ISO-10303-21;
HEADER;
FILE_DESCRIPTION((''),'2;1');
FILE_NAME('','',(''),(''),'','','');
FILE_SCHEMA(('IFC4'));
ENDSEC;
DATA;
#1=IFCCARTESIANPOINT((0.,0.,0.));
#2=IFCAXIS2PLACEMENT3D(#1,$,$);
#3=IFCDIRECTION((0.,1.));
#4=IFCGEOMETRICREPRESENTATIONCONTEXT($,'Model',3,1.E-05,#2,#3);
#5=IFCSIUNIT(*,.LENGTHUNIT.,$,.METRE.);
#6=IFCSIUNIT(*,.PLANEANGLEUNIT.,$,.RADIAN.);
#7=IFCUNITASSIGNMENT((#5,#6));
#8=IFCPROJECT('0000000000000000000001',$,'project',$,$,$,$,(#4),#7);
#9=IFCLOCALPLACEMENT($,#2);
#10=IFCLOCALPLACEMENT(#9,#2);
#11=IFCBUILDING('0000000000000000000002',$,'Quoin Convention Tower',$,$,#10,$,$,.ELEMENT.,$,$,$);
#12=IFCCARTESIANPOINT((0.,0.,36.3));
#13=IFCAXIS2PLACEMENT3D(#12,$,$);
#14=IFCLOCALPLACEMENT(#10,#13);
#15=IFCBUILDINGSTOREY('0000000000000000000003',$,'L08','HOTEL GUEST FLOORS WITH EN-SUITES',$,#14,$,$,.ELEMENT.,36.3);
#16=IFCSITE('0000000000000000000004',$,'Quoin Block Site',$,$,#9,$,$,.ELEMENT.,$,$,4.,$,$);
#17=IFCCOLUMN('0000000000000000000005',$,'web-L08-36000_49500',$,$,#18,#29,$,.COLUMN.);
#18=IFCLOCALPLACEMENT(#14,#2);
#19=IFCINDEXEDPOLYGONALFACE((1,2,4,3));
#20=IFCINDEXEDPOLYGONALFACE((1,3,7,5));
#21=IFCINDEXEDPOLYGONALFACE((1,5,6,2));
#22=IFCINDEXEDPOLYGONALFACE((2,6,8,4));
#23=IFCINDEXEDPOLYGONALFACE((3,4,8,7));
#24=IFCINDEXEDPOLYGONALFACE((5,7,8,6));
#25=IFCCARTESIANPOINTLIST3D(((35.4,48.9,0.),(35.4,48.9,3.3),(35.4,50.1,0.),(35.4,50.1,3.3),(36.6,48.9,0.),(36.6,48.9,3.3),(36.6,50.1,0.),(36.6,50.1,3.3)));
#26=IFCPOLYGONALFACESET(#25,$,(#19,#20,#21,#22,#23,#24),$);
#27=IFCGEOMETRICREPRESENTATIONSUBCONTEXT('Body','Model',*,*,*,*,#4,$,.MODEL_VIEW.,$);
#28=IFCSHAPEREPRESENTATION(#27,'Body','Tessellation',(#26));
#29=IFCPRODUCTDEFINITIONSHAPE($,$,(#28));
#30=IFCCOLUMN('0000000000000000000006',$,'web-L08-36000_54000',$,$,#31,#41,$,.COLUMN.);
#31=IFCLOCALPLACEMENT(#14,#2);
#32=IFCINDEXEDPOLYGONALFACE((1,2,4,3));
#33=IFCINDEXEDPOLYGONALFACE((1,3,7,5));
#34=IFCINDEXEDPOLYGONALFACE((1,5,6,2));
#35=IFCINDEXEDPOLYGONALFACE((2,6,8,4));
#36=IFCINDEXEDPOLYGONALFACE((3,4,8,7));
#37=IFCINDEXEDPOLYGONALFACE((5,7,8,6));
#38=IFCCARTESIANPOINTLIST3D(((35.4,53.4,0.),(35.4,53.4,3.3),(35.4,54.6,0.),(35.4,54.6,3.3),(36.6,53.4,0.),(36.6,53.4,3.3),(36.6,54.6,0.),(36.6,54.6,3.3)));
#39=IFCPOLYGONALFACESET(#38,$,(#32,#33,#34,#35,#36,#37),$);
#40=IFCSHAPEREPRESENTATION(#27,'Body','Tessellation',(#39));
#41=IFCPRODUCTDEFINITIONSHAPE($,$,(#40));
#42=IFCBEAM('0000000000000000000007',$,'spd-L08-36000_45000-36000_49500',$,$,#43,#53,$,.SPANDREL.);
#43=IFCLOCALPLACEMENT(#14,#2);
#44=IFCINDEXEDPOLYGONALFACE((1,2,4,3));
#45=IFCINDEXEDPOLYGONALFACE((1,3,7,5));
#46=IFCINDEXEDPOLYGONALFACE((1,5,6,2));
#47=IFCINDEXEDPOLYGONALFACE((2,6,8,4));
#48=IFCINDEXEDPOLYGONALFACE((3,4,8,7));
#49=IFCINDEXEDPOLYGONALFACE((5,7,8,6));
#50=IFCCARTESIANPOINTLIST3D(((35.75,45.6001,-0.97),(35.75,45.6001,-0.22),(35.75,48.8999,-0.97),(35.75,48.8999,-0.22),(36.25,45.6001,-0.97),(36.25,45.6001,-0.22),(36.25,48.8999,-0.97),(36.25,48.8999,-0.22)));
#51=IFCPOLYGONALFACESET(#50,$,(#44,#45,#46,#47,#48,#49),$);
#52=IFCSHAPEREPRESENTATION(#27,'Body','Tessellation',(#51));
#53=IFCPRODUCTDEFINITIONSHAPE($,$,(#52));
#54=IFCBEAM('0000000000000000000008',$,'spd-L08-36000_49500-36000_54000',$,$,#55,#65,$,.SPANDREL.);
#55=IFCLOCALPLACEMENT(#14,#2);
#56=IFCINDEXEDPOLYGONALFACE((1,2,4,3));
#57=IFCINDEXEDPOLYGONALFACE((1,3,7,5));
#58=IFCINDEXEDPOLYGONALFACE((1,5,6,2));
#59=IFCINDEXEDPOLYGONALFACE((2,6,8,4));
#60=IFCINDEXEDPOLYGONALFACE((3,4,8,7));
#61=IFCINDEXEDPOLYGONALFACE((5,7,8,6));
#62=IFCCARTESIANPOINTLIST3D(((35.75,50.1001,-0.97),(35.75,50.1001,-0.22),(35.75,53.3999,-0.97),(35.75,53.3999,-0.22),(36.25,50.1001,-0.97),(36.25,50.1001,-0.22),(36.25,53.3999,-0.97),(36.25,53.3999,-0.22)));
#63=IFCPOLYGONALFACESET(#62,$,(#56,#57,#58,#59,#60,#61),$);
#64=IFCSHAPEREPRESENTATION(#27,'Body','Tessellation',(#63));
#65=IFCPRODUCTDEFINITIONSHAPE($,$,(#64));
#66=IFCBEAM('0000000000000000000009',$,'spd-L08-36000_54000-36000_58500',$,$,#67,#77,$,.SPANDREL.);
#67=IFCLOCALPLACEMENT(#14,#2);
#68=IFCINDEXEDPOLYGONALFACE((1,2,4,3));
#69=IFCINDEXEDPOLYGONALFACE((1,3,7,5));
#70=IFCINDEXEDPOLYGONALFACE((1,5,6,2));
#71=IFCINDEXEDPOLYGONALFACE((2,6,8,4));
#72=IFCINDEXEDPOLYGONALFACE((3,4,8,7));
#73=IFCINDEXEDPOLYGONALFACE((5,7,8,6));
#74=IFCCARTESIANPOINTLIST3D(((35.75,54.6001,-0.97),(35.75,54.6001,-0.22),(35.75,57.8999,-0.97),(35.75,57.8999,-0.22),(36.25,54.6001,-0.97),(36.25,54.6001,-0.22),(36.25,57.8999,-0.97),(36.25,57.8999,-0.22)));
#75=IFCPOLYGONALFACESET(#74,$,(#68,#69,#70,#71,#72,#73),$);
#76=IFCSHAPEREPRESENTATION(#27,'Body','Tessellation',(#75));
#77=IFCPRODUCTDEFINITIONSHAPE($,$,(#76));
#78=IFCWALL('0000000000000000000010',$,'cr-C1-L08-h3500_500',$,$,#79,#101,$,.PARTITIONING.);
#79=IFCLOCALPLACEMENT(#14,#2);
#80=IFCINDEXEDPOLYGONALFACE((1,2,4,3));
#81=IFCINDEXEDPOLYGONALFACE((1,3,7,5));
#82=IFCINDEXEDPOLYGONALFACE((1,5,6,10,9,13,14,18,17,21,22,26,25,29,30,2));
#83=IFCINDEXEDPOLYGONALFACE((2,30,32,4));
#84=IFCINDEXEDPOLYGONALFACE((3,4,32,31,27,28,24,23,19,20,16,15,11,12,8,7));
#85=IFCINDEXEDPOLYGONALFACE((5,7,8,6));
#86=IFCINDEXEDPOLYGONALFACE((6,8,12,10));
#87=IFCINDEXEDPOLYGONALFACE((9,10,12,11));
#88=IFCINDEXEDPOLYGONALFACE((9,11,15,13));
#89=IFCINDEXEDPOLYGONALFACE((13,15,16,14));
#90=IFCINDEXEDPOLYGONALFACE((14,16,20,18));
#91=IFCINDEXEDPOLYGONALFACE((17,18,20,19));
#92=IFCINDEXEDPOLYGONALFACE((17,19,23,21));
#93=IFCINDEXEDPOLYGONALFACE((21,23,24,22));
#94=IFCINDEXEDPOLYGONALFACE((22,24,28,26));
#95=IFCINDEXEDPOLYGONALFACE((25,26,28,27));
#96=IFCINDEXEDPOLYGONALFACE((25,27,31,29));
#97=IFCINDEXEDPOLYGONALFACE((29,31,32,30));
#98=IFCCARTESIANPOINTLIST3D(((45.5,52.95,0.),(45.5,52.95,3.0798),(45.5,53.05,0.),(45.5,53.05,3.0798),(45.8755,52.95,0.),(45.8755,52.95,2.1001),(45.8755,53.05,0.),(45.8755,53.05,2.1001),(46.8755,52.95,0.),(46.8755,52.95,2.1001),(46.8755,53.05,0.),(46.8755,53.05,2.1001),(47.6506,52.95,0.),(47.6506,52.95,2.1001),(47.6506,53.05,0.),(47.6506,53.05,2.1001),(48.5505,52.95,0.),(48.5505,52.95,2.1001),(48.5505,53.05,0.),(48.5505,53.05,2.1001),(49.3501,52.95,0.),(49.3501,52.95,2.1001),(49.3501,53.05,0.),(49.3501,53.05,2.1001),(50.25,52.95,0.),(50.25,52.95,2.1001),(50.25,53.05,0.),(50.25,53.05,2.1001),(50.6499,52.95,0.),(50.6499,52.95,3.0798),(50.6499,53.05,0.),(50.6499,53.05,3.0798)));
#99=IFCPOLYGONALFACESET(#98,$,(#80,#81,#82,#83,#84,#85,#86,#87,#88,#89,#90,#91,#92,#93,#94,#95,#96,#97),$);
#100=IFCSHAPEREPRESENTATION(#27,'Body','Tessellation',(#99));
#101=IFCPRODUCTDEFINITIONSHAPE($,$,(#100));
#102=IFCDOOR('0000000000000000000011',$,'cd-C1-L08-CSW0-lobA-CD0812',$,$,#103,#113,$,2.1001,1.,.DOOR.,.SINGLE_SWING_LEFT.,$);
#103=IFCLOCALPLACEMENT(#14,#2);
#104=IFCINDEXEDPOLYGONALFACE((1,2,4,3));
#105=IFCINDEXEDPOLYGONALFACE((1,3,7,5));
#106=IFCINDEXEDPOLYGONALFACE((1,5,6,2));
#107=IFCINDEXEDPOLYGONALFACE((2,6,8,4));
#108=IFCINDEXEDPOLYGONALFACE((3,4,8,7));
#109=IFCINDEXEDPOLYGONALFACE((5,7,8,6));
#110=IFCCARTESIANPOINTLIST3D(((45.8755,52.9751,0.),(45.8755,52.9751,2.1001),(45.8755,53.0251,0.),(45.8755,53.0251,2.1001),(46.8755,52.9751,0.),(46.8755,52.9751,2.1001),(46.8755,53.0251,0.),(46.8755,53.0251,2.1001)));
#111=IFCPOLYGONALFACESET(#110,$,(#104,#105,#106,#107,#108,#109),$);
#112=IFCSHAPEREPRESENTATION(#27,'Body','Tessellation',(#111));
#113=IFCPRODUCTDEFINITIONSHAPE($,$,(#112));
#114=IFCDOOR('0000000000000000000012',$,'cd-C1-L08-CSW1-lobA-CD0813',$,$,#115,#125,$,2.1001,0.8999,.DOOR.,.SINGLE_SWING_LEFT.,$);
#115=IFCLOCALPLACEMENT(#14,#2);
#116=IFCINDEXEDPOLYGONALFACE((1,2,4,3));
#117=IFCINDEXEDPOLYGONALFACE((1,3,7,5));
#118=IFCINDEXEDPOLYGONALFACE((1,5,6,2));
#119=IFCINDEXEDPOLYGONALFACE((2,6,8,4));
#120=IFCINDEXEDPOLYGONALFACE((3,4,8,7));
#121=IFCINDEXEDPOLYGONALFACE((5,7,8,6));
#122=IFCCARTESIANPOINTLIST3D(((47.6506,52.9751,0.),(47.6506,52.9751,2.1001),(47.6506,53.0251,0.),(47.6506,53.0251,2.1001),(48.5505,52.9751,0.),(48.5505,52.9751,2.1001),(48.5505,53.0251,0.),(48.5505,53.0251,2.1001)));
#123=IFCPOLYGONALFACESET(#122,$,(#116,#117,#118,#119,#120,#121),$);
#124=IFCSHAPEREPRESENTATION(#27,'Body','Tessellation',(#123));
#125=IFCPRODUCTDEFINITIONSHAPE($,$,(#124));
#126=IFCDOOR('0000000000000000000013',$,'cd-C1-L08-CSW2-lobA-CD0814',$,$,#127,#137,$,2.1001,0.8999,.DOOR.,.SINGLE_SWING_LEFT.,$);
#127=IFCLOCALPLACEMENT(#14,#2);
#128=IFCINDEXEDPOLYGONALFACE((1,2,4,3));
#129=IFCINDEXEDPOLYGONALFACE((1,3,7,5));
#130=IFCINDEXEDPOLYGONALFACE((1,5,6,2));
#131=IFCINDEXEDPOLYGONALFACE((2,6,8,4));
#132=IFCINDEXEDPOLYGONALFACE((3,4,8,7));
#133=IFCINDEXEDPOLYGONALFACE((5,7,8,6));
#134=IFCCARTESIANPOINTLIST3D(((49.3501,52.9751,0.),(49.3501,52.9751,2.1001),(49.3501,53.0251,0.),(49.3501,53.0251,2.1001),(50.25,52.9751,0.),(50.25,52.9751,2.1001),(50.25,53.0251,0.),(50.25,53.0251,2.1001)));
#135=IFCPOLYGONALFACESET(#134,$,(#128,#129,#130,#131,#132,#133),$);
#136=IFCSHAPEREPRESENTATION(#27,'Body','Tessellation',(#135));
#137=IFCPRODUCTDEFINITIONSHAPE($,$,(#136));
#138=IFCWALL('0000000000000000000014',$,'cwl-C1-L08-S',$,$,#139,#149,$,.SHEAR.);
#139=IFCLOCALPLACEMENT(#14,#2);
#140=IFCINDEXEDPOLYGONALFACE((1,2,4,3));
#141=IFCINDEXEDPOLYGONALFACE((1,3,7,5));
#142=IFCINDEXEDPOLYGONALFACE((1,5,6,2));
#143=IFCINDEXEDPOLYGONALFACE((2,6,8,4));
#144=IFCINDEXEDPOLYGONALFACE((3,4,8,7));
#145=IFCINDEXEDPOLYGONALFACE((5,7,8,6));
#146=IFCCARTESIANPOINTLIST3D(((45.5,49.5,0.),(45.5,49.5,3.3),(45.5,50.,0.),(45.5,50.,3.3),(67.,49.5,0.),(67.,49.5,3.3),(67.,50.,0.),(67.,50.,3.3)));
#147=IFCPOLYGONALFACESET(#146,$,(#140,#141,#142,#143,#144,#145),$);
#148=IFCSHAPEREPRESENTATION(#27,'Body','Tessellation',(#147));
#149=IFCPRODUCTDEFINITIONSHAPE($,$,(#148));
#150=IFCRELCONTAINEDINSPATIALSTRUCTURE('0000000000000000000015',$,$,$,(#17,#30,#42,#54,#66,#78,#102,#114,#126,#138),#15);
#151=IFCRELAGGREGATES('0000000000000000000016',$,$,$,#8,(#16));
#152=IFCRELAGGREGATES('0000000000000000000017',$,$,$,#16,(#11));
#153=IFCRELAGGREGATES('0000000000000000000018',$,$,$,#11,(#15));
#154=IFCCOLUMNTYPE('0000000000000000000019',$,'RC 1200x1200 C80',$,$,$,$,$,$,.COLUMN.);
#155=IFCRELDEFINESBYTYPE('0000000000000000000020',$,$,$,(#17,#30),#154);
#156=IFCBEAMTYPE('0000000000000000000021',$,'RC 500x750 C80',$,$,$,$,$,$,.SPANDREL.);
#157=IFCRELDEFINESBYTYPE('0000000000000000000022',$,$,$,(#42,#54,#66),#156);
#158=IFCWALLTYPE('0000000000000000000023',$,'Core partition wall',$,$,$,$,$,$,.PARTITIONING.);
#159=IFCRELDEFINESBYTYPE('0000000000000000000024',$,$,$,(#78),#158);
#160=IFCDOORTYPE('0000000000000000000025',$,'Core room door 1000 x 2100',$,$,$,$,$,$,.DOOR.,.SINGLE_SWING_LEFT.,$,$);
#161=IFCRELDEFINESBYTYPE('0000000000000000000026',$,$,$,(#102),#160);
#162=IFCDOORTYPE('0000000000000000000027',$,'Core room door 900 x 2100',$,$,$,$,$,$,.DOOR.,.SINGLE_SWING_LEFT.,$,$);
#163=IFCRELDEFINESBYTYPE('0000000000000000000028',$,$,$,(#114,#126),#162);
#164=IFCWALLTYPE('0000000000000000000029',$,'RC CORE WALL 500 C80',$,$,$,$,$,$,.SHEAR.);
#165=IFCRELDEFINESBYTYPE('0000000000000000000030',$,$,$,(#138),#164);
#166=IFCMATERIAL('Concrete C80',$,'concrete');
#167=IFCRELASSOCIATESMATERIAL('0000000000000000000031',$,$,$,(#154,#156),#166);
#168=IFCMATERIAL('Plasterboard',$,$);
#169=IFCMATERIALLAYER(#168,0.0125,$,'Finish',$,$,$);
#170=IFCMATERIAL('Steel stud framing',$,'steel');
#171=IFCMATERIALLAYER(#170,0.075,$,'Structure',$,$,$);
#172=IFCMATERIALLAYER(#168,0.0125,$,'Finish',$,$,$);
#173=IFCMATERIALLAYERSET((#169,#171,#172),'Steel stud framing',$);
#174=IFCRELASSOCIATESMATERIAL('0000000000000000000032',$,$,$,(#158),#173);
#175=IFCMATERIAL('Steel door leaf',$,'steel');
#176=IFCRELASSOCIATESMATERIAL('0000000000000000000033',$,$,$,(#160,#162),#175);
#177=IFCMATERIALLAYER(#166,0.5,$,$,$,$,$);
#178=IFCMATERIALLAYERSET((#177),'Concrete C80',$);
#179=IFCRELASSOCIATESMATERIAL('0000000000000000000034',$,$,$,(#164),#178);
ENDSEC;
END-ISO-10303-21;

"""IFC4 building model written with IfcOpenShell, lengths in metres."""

from ifc_helpers import new_model, si_unit, direction, frame, frame_2d, origin, origin_2d, place, context, subcontext, project, spatial, rectangle, extrude, material, layer, layer_set, material_profile, profile_set, type_object, element, fill, save


model = new_model("IFC4")

# Units and contexts
model_context = context("Model", 3, precision=1e-05, world=origin(), true_north=direction((0.0, 1.0)))
body_context = subcontext(model_context, "Body", "Model", "MODEL_VIEW")
ifc_project = project(units=[si_unit("LENGTHUNIT", "METRE"), si_unit("PLANEANGLEUNIT", "RADIAN")], contexts=[model_context])

# Site, building, storey
site_placement = place(None, origin())
site = spatial("IfcSite", under=ifc_project, at=site_placement, Name="Quoin Block Site", CompositionType="ELEMENT", RefElevation=4.0)
building_placement = place(site_placement, origin())
building = spatial("IfcBuilding", under=site, at=building_placement, Name="Quoin Convention Tower", CompositionType="ELEMENT")
storey_placement = place(building_placement, frame((0.0, 0.0, 36.3)))
storey = spatial("IfcBuildingStorey", under=building, at=storey_placement, Name="L08", Description="HOTEL GUEST FLOORS WITH EN-SUITES", CompositionType="ELEMENT", Elevation=36.3)

# Columns
ifc_material_1 = material(Name="Concrete C80", Category="concrete")
ifc_material_profile_1 = material_profile(ifc_material_1, rectangle(XDim=1.2, YDim=1.2, at=origin_2d()), Name="RC 1200x1200")
ifc_profile_set_1 = profile_set([ifc_material_profile_1], Name="Concrete C80")
column_type = type_object("IfcColumnType", Name="RC 1200x1200 C80", PredefinedType="COLUMN", material=ifc_profile_set_1)
for number, where, z_axis, x_axis, name in (
    (1, (36.0, 49.5, 0.0), (0.0, 0.0, 1.0), (1.0, 0.0, 0.0), "web-L08-36000_49500"),
    (2, (36.0, 54.0, 0.0), (0.0, 0.0, 1.0), (1.0, 0.0, 0.0), "web-L08-36000_54000"),
):
    element("IfcColumn", number, at=place(storey_placement, frame(where, z_axis=z_axis, x_axis=x_axis)), inside=storey, type_object=column_type, Name=name, PredefinedType="COLUMN", context=body_context, shape_type="SweptSolid", body=[
        extrude(rectangle(XDim=1.2, YDim=1.2, at=origin_2d()), origin(), (0.0, 0.0, 1.0), 3.3),
    ])

# Beams
ifc_material_profile_2 = material_profile(ifc_material_1, rectangle(XDim=0.5, YDim=0.75, at=origin_2d()), Name="RC 500x750")
ifc_profile_set_2 = profile_set([ifc_material_profile_2], Name="Concrete C80")
beam_type = type_object("IfcBeamType", Name="RC 500x750 C80", PredefinedType="SPANDREL", material=ifc_profile_set_2)
for number, where, z_axis, x_axis, name in (
    (3, (36.0, 45.6001, -0.595), (0.0, 1.0, 0.0), (-1.0, 0.0, 0.0), "spd-L08-36000_45000-36000_49500"),
    (4, (36.0, 50.1001, -0.595), (0.0, 1.0, 0.0), (-1.0, 0.0, 0.0), "spd-L08-36000_49500-36000_54000"),
    (5, (36.0, 54.6001, -0.595), (0.0, 1.0, 0.0), (-1.0, 0.0, 0.0), "spd-L08-36000_54000-36000_58500"),
):
    element("IfcBeam", number, at=place(storey_placement, frame(where, z_axis=z_axis, x_axis=x_axis)), inside=storey, type_object=beam_type, Name=name, PredefinedType="SPANDREL", context=body_context, shape_type="SweptSolid", body=[
        extrude(rectangle(XDim=0.5, YDim=0.75, at=origin_2d()), origin(), (0.0, 0.0, 1.0), 3.2998),
    ])

# Wall, openings, doors
ifc_material_2 = material(Name="Plasterboard")
ifc_layer_1 = layer(ifc_material_2, 0.0125, Name="Finish")
ifc_material_3 = material(Name="Steel stud framing", Category="steel")
ifc_layer_2 = layer(ifc_material_3, 0.075, Name="Structure")
ifc_layer_3 = layer(ifc_material_2, 0.0125, Name="Finish")
ifc_layer_set_1 = layer_set([ifc_layer_1, ifc_layer_2, ifc_layer_3], Name="Steel stud framing")
wall_type_1 = type_object("IfcWallType", Name="Core partition wall", PredefinedType="PARTITIONING", material=ifc_layer_set_1)
wall_1_placement = place(storey_placement, frame((45.5, 53.0, 0.0), z_axis=(0.0, 0.0, 1.0), x_axis=(1.0, 0.0, 0.0)))
wall_1 = element("IfcWall", 6, at=wall_1_placement, inside=storey, type_object=wall_type_1, Name="cr-C1-L08-h3500_500", PredefinedType="PARTITIONING", context=body_context, shape_type="SweptSolid", body=[
    extrude(rectangle(XDim=5.1499, YDim=0.1001, at=frame_2d((2.575, 0.0))), origin(), (0.0, 0.0, 1.0), 3.0798),
])
opening_1_placement = place(wall_1_placement, frame((0.3755, 0.0, 0.0)))
opening_1 = element("IfcOpeningElement", 7, at=opening_1_placement, cuts=wall_1, PredefinedType="OPENING", context=body_context, shape_type="SweptSolid", body=[
    extrude(rectangle(XDim=1.0, YDim=2.1001, at=frame_2d((0.5, 1.05))), frame((0.0, 0.0601, 0.0), z_axis=(0.0, -1.0, 0.0), x_axis=(1.0, 0.0, 0.0)), (0.0, 0.0, 1.0), 0.1201),
])
opening_2_placement = place(wall_1_placement, frame((2.1506, 0.0, 0.0)))
opening_2 = element("IfcOpeningElement", 8, at=opening_2_placement, cuts=wall_1, PredefinedType="OPENING", context=body_context, shape_type="SweptSolid", body=[
    extrude(rectangle(XDim=0.8999, YDim=2.1001, at=frame_2d((0.45, 1.05))), frame((0.0, 0.0601, 0.0), z_axis=(0.0, -1.0, 0.0), x_axis=(1.0, 0.0, 0.0)), (0.0, 0.0, 1.0), 0.1201),
])
opening_3_placement = place(wall_1_placement, frame((3.8501, 0.0, 0.0)))
opening_3 = element("IfcOpeningElement", 9, at=opening_3_placement, cuts=wall_1, PredefinedType="OPENING", context=body_context, shape_type="SweptSolid", body=[
    extrude(rectangle(XDim=0.8999, YDim=2.1001, at=frame_2d((0.45, 1.05))), frame((0.0, 0.0601, 0.0), z_axis=(0.0, -1.0, 0.0), x_axis=(1.0, 0.0, 0.0)), (0.0, 0.0, 1.0), 0.1201),
])
ifc_material_4 = material(Name="Steel door leaf", Category="steel")
door_type_1 = type_object("IfcDoorType", Name="Core room door 1000 x 2100", OperationType="SINGLE_SWING_LEFT", PredefinedType="DOOR", material=ifc_material_4)
door_1_placement = place(opening_1_placement, frame((1.0, 0.0, 0.0), z_axis=(0.0, 0.0, 1.0), x_axis=(-1.0, 0.0, 0.0)))
door_1 = element("IfcDoor", 10, at=door_1_placement, inside=storey, type_object=door_type_1, Name="cd-C1-L08-CSW0-lobA-CD0812", OperationType="SINGLE_SWING_LEFT", OverallHeight=2.1001, OverallWidth=1.0, PredefinedType="DOOR", context=body_context, shape_type="SweptSolid", body=[
    extrude(rectangle(XDim=1.0, YDim=2.1001, at=frame_2d((0.5, 1.05))), frame((0.0, 0.0249, 0.0), z_axis=(0.0, -1.0, 0.0), x_axis=(1.0, 0.0, 0.0)), (0.0, 0.0, 1.0), 0.05),
])
fill(opening_1, door_1)
door_type_2 = type_object("IfcDoorType", Name="Core room door 900 x 2100", OperationType="SINGLE_SWING_LEFT", PredefinedType="DOOR", material=ifc_material_4)
door_2_placement = place(opening_2_placement, frame((0.8999, 0.0, 0.0), z_axis=(0.0, 0.0, 1.0), x_axis=(-1.0, 0.0, 0.0)))
door_2 = element("IfcDoor", 11, at=door_2_placement, inside=storey, type_object=door_type_2, Name="cd-C1-L08-CSW1-lobA-CD0813", OperationType="SINGLE_SWING_LEFT", OverallHeight=2.1001, OverallWidth=0.8999, PredefinedType="DOOR", context=body_context, shape_type="SweptSolid", body=[
    extrude(rectangle(XDim=0.8999, YDim=2.1001, at=frame_2d((0.45, 1.05))), frame((0.0, 0.0249, 0.0), z_axis=(0.0, -1.0, 0.0), x_axis=(1.0, 0.0, 0.0)), (0.0, 0.0, 1.0), 0.05),
])
fill(opening_2, door_2)
door_3_placement = place(opening_3_placement, frame((0.8999, 0.0, 0.0), z_axis=(0.0, 0.0, 1.0), x_axis=(-1.0, 0.0, 0.0)))
door_3 = element("IfcDoor", 12, at=door_3_placement, inside=storey, type_object=door_type_2, Name="cd-C1-L08-CSW2-lobA-CD0814", OperationType="SINGLE_SWING_LEFT", OverallHeight=2.1001, OverallWidth=0.8999, PredefinedType="DOOR", context=body_context, shape_type="SweptSolid", body=[
    extrude(rectangle(XDim=0.8999, YDim=2.1001, at=frame_2d((0.45, 1.05))), frame((0.0, 0.0249, 0.0), z_axis=(0.0, -1.0, 0.0), x_axis=(1.0, 0.0, 0.0)), (0.0, 0.0, 1.0), 0.05),
])
fill(opening_3, door_3)

# Wall
ifc_layer_4 = layer(ifc_material_1, 0.5)
ifc_layer_set_2 = layer_set([ifc_layer_4], Name="Concrete C80")
wall_type_2 = type_object("IfcWallType", Name="RC CORE WALL 500 C80", PredefinedType="SHEAR", material=ifc_layer_set_2)
wall_2_placement = place(storey_placement, frame((45.5, 49.75, 0.0), z_axis=(0.0, 0.0, 1.0), x_axis=(1.0, 0.0, 0.0)))
element("IfcWall", 13, at=wall_2_placement, inside=storey, type_object=wall_type_2, Name="cwl-C1-L08-S", PredefinedType="SHEAR", context=body_context, shape_type="SweptSolid", body=[
    extrude(rectangle(XDim=21.5, YDim=0.5, at=frame_2d((10.75, 0.0))), origin(), (0.0, 0.0, 1.0), 3.3),
])

save(model, "model.ifc")
